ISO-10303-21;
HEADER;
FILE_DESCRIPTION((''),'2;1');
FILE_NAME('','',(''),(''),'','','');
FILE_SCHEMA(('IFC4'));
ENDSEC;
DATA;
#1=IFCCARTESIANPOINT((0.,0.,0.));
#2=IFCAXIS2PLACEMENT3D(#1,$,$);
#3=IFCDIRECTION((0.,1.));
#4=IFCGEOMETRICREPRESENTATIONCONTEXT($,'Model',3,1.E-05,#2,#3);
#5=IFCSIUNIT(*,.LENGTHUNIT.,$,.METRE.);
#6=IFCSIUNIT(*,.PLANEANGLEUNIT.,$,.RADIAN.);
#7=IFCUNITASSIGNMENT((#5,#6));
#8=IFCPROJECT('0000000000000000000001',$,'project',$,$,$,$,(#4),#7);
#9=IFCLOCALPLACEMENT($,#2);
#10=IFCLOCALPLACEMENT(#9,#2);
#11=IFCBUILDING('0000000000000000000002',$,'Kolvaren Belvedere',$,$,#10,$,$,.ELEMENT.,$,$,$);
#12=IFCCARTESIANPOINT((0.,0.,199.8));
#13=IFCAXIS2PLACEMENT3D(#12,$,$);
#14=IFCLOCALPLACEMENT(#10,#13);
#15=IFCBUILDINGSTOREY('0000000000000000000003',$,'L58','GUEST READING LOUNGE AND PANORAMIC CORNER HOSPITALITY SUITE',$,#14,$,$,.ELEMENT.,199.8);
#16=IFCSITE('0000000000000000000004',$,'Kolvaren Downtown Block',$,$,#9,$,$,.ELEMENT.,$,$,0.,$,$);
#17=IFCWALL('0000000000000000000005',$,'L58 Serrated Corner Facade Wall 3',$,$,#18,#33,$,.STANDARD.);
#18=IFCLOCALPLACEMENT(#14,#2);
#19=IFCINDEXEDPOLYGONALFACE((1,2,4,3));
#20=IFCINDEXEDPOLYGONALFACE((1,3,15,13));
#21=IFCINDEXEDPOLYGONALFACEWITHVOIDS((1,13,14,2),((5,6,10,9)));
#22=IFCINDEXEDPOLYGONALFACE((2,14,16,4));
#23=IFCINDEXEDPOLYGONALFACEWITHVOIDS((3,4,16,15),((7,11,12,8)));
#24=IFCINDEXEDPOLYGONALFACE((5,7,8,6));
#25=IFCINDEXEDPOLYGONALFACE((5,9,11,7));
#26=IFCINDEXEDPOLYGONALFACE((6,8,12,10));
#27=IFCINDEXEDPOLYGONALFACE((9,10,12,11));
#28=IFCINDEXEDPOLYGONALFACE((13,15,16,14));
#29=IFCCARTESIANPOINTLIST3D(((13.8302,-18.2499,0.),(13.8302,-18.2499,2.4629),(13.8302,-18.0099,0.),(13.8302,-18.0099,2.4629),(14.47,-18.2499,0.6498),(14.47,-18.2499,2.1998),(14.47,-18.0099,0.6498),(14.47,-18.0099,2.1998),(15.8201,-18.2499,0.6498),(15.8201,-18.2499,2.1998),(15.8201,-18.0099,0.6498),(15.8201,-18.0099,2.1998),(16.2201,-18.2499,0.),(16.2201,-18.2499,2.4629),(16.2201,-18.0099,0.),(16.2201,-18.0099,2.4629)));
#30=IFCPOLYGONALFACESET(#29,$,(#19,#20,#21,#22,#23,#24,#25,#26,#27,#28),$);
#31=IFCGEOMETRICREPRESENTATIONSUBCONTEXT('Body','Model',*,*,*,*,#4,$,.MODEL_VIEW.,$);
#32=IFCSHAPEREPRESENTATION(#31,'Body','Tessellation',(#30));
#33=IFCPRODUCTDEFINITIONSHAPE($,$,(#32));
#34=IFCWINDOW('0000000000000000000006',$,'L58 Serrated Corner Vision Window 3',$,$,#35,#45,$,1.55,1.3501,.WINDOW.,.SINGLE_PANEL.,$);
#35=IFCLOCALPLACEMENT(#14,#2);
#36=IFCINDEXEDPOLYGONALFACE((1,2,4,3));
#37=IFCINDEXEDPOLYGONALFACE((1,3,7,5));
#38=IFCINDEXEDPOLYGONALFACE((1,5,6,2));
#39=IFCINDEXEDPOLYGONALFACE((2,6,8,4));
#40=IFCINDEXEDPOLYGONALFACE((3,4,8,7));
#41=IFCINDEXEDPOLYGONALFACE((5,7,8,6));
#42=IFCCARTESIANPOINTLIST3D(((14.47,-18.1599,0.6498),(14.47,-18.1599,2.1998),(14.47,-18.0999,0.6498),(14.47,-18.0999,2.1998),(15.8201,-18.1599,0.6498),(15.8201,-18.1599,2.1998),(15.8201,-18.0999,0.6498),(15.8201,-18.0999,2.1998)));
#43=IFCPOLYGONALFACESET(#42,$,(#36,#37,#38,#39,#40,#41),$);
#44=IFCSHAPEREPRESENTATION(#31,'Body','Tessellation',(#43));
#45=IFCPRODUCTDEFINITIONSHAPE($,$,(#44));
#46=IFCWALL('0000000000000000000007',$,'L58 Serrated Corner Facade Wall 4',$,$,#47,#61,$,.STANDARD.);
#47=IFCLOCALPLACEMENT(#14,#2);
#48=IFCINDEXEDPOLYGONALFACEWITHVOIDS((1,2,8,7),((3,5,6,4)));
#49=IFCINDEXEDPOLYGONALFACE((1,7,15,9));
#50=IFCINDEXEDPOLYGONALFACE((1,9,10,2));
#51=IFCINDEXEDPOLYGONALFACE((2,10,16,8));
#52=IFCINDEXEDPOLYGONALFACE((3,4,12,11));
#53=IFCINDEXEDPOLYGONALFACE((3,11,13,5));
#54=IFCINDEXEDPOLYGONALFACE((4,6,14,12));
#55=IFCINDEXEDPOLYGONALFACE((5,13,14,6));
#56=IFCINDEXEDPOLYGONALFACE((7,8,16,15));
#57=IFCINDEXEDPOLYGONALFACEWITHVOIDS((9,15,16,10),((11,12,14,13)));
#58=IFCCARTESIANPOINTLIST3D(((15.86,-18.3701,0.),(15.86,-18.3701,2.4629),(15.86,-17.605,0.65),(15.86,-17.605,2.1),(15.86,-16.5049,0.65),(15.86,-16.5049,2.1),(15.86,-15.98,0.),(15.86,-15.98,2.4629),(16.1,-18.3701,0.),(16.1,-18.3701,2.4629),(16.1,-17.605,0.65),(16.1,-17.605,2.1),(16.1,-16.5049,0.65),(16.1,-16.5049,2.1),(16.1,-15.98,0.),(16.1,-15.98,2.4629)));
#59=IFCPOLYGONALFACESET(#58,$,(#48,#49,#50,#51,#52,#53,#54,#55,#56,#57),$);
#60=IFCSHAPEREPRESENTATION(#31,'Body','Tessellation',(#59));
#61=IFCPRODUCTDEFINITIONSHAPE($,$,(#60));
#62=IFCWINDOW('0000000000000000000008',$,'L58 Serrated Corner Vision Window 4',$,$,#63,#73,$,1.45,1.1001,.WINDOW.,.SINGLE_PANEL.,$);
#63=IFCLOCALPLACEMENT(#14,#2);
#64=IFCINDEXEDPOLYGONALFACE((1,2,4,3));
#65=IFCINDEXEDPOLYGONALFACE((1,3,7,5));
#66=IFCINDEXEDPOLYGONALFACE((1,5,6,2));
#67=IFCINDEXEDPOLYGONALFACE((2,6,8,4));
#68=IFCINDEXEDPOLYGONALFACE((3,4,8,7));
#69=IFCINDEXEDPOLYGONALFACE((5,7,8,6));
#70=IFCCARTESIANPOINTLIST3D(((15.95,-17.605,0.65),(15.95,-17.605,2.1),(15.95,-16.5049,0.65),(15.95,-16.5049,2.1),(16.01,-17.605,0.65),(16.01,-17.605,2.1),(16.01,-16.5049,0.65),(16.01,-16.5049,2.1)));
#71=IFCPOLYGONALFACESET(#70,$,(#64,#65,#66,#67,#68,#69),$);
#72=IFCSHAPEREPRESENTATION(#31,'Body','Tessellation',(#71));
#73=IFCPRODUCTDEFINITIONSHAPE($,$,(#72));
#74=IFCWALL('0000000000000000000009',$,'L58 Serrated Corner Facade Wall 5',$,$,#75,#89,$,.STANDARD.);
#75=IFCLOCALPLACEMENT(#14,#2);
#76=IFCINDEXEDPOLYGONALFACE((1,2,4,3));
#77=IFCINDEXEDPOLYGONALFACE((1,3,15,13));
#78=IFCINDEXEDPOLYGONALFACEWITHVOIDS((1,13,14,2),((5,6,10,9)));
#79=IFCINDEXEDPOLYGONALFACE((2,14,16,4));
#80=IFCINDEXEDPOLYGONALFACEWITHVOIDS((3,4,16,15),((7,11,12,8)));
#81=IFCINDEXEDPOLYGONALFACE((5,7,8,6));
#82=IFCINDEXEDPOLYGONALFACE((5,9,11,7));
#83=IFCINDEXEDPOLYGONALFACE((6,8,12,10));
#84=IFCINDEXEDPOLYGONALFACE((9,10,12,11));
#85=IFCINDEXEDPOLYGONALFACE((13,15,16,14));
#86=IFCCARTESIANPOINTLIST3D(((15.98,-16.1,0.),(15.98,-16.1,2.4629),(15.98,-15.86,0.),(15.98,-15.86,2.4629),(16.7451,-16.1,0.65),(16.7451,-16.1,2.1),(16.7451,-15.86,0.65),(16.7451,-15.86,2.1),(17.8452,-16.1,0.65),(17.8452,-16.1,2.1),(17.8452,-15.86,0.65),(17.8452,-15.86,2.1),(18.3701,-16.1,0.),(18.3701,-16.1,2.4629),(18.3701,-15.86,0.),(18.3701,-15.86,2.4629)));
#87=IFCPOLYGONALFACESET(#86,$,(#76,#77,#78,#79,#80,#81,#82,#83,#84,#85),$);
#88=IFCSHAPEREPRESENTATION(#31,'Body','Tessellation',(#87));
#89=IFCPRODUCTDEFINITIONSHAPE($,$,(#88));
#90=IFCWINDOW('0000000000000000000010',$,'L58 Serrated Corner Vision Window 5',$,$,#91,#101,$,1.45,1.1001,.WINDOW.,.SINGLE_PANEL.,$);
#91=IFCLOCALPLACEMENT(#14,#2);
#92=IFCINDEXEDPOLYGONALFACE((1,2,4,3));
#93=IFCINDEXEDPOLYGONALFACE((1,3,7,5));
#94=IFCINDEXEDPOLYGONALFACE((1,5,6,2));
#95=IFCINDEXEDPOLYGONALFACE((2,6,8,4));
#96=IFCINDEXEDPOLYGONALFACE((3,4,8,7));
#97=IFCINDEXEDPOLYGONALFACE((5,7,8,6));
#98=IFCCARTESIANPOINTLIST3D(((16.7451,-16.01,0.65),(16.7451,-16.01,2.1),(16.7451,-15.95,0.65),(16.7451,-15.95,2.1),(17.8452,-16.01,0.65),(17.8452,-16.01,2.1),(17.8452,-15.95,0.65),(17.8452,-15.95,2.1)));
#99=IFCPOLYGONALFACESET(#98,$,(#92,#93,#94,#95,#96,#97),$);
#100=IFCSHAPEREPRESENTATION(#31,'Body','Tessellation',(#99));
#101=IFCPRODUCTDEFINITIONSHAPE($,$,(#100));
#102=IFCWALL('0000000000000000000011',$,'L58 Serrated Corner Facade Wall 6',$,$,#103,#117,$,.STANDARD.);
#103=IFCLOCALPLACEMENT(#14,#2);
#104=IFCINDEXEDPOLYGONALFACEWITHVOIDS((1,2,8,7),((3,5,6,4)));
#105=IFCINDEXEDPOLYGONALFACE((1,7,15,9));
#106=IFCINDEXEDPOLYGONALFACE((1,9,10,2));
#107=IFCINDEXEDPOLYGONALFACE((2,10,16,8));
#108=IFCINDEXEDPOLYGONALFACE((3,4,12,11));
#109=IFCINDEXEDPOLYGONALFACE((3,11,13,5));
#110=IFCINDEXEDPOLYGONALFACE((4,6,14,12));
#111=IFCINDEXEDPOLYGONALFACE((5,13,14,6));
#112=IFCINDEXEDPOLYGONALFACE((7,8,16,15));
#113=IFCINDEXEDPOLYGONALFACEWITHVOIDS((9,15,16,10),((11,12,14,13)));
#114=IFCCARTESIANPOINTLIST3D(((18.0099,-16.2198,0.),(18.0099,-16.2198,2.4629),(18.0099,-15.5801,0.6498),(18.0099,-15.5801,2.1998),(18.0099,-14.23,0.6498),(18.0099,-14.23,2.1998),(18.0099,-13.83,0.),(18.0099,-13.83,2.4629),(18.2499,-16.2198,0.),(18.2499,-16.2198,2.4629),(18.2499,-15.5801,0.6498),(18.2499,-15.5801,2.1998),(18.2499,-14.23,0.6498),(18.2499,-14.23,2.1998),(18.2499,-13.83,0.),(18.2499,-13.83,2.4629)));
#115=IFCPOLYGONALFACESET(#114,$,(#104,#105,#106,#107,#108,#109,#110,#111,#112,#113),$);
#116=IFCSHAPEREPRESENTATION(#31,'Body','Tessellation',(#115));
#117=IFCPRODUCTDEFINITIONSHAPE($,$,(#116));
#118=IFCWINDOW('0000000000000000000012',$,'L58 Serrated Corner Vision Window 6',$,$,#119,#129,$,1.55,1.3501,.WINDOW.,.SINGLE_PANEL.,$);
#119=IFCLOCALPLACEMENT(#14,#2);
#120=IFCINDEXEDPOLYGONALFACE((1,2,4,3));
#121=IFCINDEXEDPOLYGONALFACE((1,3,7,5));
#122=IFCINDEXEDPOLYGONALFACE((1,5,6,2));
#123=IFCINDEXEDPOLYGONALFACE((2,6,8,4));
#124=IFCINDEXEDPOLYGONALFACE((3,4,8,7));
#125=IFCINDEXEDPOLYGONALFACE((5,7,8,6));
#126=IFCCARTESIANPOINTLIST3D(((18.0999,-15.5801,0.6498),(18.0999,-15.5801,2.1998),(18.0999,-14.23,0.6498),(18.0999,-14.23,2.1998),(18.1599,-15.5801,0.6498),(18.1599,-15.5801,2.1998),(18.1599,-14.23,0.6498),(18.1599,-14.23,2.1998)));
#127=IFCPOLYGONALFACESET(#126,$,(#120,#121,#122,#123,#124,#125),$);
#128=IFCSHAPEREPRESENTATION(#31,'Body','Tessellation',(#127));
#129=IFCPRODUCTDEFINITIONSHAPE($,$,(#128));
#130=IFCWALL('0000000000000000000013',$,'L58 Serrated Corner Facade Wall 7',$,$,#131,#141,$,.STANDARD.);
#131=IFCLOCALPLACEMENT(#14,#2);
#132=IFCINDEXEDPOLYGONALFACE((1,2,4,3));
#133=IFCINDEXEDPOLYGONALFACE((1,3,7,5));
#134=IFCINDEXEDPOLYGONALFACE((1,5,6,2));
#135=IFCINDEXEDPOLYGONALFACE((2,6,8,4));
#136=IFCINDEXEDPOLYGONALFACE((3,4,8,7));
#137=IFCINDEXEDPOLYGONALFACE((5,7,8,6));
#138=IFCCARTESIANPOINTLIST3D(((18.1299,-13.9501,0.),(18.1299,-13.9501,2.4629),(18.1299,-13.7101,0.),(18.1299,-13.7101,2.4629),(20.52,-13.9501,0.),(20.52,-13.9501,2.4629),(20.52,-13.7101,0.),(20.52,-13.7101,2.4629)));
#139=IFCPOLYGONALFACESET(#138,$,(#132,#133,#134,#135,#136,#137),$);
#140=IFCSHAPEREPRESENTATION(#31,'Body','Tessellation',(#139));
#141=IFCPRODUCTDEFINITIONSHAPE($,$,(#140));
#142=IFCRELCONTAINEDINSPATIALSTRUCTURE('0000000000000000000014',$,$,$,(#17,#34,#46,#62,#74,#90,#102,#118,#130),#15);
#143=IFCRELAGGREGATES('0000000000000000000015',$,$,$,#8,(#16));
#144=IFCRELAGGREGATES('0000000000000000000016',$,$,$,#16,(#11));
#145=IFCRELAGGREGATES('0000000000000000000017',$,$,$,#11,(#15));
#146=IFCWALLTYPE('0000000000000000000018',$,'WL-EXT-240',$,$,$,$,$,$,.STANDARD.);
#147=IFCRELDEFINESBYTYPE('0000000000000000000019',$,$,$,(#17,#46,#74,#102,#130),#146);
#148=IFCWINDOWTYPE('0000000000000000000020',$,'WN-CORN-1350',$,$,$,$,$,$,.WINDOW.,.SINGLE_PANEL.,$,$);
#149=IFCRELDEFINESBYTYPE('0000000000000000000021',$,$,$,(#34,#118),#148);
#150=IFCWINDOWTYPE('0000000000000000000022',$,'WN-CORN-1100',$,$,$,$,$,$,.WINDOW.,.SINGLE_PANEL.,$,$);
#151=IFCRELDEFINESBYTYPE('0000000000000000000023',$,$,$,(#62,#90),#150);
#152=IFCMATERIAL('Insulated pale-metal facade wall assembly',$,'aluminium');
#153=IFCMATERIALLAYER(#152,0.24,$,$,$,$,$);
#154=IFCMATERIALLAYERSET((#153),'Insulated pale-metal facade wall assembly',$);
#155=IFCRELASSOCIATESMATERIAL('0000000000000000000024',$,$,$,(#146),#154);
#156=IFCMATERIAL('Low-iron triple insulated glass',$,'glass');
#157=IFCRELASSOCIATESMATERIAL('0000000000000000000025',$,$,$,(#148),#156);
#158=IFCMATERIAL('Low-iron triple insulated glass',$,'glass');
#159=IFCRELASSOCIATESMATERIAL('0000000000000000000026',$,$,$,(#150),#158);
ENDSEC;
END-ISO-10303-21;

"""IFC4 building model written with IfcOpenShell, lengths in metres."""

from ifc_helpers import new_model, si_unit, direction, frame, frame_2d, origin, place, context, subcontext, project, spatial, rectangle, extrude, material, layer, layer_set, type_object, element, fill, save


model = new_model("IFC4")

# Units and contexts
model_context = context("Model", 3, precision=1e-05, world=origin(), true_north=direction((0.0, 1.0)))
body_context = subcontext(model_context, "Body", "Model", "MODEL_VIEW")
ifc_project = project(units=[si_unit("LENGTHUNIT", "METRE"), si_unit("PLANEANGLEUNIT", "RADIAN")], contexts=[model_context])

# Site, building, storey
site_placement = place(None, origin())
site = spatial("IfcSite", under=ifc_project, at=site_placement, Name="Kolvaren Downtown Block", CompositionType="ELEMENT", RefElevation=0.0)
building_placement = place(site_placement, origin())
building = spatial("IfcBuilding", under=site, at=building_placement, Name="Kolvaren Belvedere", CompositionType="ELEMENT")
storey_placement = place(building_placement, frame((0.0, 0.0, 199.8)))
storey = spatial("IfcBuildingStorey", under=building, at=storey_placement, Name="L58", Description="GUEST READING LOUNGE AND PANORAMIC CORNER HOSPITALITY SUITE", CompositionType="ELEMENT", Elevation=199.8)

# Shared definitions
ifc_material_1 = material(Name="Insulated pale-metal facade wall assembly", Category="aluminium")
ifc_layer_1 = layer(ifc_material_1, 0.24)
ifc_layer_set_1 = layer_set([ifc_layer_1], Name="Insulated pale-metal facade wall assembly")
wall_type = type_object("IfcWallType", Name="WL-EXT-240", PredefinedType="STANDARD", material=ifc_layer_set_1)

# Walls, openings, windows
wall_1_placement = place(storey_placement, frame((16.22, -18.1299, 0.0), z_axis=(0.0, 0.0, 1.0), x_axis=(-1.0, 0.0, 0.0)))
wall_1 = element("IfcWall", 1, at=wall_1_placement, inside=storey, type_object=wall_type, Name="L58 Serrated Corner Facade Wall 3", PredefinedType="STANDARD", context=body_context, shape_type="SweptSolid", body=[
    extrude(rectangle(XDim=2.3899, YDim=0.24, at=frame_2d((1.1948, 0.0))), origin(), (0.0, 0.0, 1.0), 2.4629),
])
opening_1_placement = place(wall_1_placement, frame((0.3999, 0.0, 0.6499)))
opening_1 = element("IfcOpeningElement", 2, at=opening_1_placement, cuts=wall_1, PredefinedType="OPENING", context=body_context, shape_type="SweptSolid", body=[
    extrude(rectangle(XDim=1.3501, YDim=1.55, at=frame_2d((0.675, 0.7749))), frame((0.0, 0.1299, 0.0), z_axis=(0.0, -1.0, 0.0), x_axis=(1.0, 0.0, 0.0)), (0.0, 0.0, 1.0), 0.26),
])
ifc_material_2 = material(Name="Low-iron triple insulated glass", Category="glass")
window_type_1 = type_object("IfcWindowType", Name="WN-CORN-1350", PartitioningType="SINGLE_PANEL", PredefinedType="WINDOW", material=ifc_material_2)
window_1_placement = place(opening_1_placement, origin())
window_1 = element("IfcWindow", 3, at=window_1_placement, inside=storey, type_object=window_type_1, Name="L58 Serrated Corner Vision Window 3", OverallHeight=1.55, OverallWidth=1.3501, PartitioningType="SINGLE_PANEL", PredefinedType="WINDOW", context=body_context, shape_type="SweptSolid", body=[
    extrude(rectangle(XDim=1.3501, YDim=1.55, at=frame_2d((0.675, 0.7749))), frame((0.0, 0.03, 0.0), z_axis=(0.0, -1.0, 0.0), x_axis=(1.0, 0.0, 0.0)), (0.0, 0.0, 1.0), 0.0601),
])
fill(opening_1, window_1)
wall_2_placement = place(storey_placement, frame((15.98, -15.98, 0.0), z_axis=(0.0, 0.0, 1.0), x_axis=(0.0, -1.0, 0.0)))
wall_2 = element("IfcWall", 4, at=wall_2_placement, inside=storey, type_object=wall_type, Name="L58 Serrated Corner Facade Wall 4", PredefinedType="STANDARD", context=body_context, shape_type="SweptSolid", body=[
    extrude(rectangle(XDim=2.3901, YDim=0.24, at=frame_2d((1.1951, 0.0))), origin(), (0.0, 0.0, 1.0), 2.4629),
])
opening_2_placement = place(wall_2_placement, frame((0.5249, 0.0, 0.6499)))
opening_2 = element("IfcOpeningElement", 5, at=opening_2_placement, cuts=wall_2, PredefinedType="OPENING", context=body_context, shape_type="SweptSolid", body=[
    extrude(rectangle(XDim=1.1001, YDim=1.45, at=frame_2d((0.55, 0.7251))), frame((0.0, 0.1299, 0.0), z_axis=(0.0, -1.0, 0.0), x_axis=(1.0, 0.0, 0.0)), (0.0, 0.0, 1.0), 0.26),
])
ifc_material_3 = material(Name="Low-iron triple insulated glass", Category="glass")
window_type_2 = type_object("IfcWindowType", Name="WN-CORN-1100", PartitioningType="SINGLE_PANEL", PredefinedType="WINDOW", material=ifc_material_3)
window_2_placement = place(opening_2_placement, origin())
window_2 = element("IfcWindow", 6, at=window_2_placement, inside=storey, type_object=window_type_2, Name="L58 Serrated Corner Vision Window 4", OverallHeight=1.45, OverallWidth=1.1001, PartitioningType="SINGLE_PANEL", PredefinedType="WINDOW", context=body_context, shape_type="SweptSolid", body=[
    extrude(rectangle(XDim=1.1001, YDim=1.45, at=frame_2d((0.55, 0.7251))), frame((0.0, 0.03, 0.0), z_axis=(0.0, -1.0, 0.0), x_axis=(1.0, 0.0, 0.0)), (0.0, 0.0, 1.0), 0.0601),
])
fill(opening_2, window_2)
wall_3_placement = place(storey_placement, frame((18.3701, -15.98, 0.0), z_axis=(0.0, 0.0, 1.0), x_axis=(-1.0, 0.0, 0.0)))
wall_3 = element("IfcWall", 7, at=wall_3_placement, inside=storey, type_object=wall_type, Name="L58 Serrated Corner Facade Wall 5", PredefinedType="STANDARD", context=body_context, shape_type="SweptSolid", body=[
    extrude(rectangle(XDim=2.3901, YDim=0.24, at=frame_2d((1.1951, 0.0))), origin(), (0.0, 0.0, 1.0), 2.4629),
])
opening_3_placement = place(wall_3_placement, frame((0.5249, 0.0, 0.6499)))
opening_3 = element("IfcOpeningElement", 8, at=opening_3_placement, cuts=wall_3, PredefinedType="OPENING", context=body_context, shape_type="SweptSolid", body=[
    extrude(rectangle(XDim=1.1001, YDim=1.45, at=frame_2d((0.55, 0.7251))), frame((0.0, 0.1299, 0.0), z_axis=(0.0, -1.0, 0.0), x_axis=(1.0, 0.0, 0.0)), (0.0, 0.0, 1.0), 0.26),
])
window_3_placement = place(opening_3_placement, origin())
window_3 = element("IfcWindow", 9, at=window_3_placement, inside=storey, type_object=window_type_2, Name="L58 Serrated Corner Vision Window 5", OverallHeight=1.45, OverallWidth=1.1001, PartitioningType="SINGLE_PANEL", PredefinedType="WINDOW", context=body_context, shape_type="SweptSolid", body=[
    extrude(rectangle(XDim=1.1001, YDim=1.45, at=frame_2d((0.55, 0.7251))), frame((0.0, 0.03, 0.0), z_axis=(0.0, -1.0, 0.0), x_axis=(1.0, 0.0, 0.0)), (0.0, 0.0, 1.0), 0.0601),
])
fill(opening_3, window_3)
wall_4_placement = place(storey_placement, frame((18.1299, -13.8301, 0.0), z_axis=(0.0, 0.0, 1.0), x_axis=(0.0, -1.0, 0.0)))
wall_4 = element("IfcWall", 10, at=wall_4_placement, inside=storey, type_object=wall_type, Name="L58 Serrated Corner Facade Wall 6", PredefinedType="STANDARD", context=body_context, shape_type="SweptSolid", body=[
    extrude(rectangle(XDim=2.3899, YDim=0.24, at=frame_2d((1.1948, 0.0))), origin(), (0.0, 0.0, 1.0), 2.4629),
])
opening_4_placement = place(wall_4_placement, frame((0.3999, 0.0, 0.6499)))
opening_4 = element("IfcOpeningElement", 11, at=opening_4_placement, cuts=wall_4, PredefinedType="OPENING", context=body_context, shape_type="SweptSolid", body=[
    extrude(rectangle(XDim=1.3501, YDim=1.55, at=frame_2d((0.675, 0.7749))), frame((0.0, 0.1299, 0.0), z_axis=(0.0, -1.0, 0.0), x_axis=(1.0, 0.0, 0.0)), (0.0, 0.0, 1.0), 0.26),
])
window_4_placement = place(opening_4_placement, origin())
window_4 = element("IfcWindow", 12, at=window_4_placement, inside=storey, type_object=window_type_1, Name="L58 Serrated Corner Vision Window 6", OverallHeight=1.55, OverallWidth=1.3501, PartitioningType="SINGLE_PANEL", PredefinedType="WINDOW", context=body_context, shape_type="SweptSolid", body=[
    extrude(rectangle(XDim=1.3501, YDim=1.55, at=frame_2d((0.675, 0.7749))), frame((0.0, 0.03, 0.0), z_axis=(0.0, -1.0, 0.0), x_axis=(1.0, 0.0, 0.0)), (0.0, 0.0, 1.0), 0.0601),
])
fill(opening_4, window_4)

# Wall
wall_5_placement = place(storey_placement, frame((20.52, -13.8301, 0.0), z_axis=(0.0, 0.0, 1.0), x_axis=(-1.0, 0.0, 0.0)))
element("IfcWall", 13, at=wall_5_placement, inside=storey, type_object=wall_type, Name="L58 Serrated Corner Facade Wall 7", PredefinedType="STANDARD", context=body_context, shape_type="SweptSolid", body=[
    extrude(rectangle(XDim=2.3901, YDim=0.24, at=frame_2d((1.1951, 0.0))), origin(), (0.0, 0.0, 1.0), 2.4629),
])

save(model, "model.ifc")
